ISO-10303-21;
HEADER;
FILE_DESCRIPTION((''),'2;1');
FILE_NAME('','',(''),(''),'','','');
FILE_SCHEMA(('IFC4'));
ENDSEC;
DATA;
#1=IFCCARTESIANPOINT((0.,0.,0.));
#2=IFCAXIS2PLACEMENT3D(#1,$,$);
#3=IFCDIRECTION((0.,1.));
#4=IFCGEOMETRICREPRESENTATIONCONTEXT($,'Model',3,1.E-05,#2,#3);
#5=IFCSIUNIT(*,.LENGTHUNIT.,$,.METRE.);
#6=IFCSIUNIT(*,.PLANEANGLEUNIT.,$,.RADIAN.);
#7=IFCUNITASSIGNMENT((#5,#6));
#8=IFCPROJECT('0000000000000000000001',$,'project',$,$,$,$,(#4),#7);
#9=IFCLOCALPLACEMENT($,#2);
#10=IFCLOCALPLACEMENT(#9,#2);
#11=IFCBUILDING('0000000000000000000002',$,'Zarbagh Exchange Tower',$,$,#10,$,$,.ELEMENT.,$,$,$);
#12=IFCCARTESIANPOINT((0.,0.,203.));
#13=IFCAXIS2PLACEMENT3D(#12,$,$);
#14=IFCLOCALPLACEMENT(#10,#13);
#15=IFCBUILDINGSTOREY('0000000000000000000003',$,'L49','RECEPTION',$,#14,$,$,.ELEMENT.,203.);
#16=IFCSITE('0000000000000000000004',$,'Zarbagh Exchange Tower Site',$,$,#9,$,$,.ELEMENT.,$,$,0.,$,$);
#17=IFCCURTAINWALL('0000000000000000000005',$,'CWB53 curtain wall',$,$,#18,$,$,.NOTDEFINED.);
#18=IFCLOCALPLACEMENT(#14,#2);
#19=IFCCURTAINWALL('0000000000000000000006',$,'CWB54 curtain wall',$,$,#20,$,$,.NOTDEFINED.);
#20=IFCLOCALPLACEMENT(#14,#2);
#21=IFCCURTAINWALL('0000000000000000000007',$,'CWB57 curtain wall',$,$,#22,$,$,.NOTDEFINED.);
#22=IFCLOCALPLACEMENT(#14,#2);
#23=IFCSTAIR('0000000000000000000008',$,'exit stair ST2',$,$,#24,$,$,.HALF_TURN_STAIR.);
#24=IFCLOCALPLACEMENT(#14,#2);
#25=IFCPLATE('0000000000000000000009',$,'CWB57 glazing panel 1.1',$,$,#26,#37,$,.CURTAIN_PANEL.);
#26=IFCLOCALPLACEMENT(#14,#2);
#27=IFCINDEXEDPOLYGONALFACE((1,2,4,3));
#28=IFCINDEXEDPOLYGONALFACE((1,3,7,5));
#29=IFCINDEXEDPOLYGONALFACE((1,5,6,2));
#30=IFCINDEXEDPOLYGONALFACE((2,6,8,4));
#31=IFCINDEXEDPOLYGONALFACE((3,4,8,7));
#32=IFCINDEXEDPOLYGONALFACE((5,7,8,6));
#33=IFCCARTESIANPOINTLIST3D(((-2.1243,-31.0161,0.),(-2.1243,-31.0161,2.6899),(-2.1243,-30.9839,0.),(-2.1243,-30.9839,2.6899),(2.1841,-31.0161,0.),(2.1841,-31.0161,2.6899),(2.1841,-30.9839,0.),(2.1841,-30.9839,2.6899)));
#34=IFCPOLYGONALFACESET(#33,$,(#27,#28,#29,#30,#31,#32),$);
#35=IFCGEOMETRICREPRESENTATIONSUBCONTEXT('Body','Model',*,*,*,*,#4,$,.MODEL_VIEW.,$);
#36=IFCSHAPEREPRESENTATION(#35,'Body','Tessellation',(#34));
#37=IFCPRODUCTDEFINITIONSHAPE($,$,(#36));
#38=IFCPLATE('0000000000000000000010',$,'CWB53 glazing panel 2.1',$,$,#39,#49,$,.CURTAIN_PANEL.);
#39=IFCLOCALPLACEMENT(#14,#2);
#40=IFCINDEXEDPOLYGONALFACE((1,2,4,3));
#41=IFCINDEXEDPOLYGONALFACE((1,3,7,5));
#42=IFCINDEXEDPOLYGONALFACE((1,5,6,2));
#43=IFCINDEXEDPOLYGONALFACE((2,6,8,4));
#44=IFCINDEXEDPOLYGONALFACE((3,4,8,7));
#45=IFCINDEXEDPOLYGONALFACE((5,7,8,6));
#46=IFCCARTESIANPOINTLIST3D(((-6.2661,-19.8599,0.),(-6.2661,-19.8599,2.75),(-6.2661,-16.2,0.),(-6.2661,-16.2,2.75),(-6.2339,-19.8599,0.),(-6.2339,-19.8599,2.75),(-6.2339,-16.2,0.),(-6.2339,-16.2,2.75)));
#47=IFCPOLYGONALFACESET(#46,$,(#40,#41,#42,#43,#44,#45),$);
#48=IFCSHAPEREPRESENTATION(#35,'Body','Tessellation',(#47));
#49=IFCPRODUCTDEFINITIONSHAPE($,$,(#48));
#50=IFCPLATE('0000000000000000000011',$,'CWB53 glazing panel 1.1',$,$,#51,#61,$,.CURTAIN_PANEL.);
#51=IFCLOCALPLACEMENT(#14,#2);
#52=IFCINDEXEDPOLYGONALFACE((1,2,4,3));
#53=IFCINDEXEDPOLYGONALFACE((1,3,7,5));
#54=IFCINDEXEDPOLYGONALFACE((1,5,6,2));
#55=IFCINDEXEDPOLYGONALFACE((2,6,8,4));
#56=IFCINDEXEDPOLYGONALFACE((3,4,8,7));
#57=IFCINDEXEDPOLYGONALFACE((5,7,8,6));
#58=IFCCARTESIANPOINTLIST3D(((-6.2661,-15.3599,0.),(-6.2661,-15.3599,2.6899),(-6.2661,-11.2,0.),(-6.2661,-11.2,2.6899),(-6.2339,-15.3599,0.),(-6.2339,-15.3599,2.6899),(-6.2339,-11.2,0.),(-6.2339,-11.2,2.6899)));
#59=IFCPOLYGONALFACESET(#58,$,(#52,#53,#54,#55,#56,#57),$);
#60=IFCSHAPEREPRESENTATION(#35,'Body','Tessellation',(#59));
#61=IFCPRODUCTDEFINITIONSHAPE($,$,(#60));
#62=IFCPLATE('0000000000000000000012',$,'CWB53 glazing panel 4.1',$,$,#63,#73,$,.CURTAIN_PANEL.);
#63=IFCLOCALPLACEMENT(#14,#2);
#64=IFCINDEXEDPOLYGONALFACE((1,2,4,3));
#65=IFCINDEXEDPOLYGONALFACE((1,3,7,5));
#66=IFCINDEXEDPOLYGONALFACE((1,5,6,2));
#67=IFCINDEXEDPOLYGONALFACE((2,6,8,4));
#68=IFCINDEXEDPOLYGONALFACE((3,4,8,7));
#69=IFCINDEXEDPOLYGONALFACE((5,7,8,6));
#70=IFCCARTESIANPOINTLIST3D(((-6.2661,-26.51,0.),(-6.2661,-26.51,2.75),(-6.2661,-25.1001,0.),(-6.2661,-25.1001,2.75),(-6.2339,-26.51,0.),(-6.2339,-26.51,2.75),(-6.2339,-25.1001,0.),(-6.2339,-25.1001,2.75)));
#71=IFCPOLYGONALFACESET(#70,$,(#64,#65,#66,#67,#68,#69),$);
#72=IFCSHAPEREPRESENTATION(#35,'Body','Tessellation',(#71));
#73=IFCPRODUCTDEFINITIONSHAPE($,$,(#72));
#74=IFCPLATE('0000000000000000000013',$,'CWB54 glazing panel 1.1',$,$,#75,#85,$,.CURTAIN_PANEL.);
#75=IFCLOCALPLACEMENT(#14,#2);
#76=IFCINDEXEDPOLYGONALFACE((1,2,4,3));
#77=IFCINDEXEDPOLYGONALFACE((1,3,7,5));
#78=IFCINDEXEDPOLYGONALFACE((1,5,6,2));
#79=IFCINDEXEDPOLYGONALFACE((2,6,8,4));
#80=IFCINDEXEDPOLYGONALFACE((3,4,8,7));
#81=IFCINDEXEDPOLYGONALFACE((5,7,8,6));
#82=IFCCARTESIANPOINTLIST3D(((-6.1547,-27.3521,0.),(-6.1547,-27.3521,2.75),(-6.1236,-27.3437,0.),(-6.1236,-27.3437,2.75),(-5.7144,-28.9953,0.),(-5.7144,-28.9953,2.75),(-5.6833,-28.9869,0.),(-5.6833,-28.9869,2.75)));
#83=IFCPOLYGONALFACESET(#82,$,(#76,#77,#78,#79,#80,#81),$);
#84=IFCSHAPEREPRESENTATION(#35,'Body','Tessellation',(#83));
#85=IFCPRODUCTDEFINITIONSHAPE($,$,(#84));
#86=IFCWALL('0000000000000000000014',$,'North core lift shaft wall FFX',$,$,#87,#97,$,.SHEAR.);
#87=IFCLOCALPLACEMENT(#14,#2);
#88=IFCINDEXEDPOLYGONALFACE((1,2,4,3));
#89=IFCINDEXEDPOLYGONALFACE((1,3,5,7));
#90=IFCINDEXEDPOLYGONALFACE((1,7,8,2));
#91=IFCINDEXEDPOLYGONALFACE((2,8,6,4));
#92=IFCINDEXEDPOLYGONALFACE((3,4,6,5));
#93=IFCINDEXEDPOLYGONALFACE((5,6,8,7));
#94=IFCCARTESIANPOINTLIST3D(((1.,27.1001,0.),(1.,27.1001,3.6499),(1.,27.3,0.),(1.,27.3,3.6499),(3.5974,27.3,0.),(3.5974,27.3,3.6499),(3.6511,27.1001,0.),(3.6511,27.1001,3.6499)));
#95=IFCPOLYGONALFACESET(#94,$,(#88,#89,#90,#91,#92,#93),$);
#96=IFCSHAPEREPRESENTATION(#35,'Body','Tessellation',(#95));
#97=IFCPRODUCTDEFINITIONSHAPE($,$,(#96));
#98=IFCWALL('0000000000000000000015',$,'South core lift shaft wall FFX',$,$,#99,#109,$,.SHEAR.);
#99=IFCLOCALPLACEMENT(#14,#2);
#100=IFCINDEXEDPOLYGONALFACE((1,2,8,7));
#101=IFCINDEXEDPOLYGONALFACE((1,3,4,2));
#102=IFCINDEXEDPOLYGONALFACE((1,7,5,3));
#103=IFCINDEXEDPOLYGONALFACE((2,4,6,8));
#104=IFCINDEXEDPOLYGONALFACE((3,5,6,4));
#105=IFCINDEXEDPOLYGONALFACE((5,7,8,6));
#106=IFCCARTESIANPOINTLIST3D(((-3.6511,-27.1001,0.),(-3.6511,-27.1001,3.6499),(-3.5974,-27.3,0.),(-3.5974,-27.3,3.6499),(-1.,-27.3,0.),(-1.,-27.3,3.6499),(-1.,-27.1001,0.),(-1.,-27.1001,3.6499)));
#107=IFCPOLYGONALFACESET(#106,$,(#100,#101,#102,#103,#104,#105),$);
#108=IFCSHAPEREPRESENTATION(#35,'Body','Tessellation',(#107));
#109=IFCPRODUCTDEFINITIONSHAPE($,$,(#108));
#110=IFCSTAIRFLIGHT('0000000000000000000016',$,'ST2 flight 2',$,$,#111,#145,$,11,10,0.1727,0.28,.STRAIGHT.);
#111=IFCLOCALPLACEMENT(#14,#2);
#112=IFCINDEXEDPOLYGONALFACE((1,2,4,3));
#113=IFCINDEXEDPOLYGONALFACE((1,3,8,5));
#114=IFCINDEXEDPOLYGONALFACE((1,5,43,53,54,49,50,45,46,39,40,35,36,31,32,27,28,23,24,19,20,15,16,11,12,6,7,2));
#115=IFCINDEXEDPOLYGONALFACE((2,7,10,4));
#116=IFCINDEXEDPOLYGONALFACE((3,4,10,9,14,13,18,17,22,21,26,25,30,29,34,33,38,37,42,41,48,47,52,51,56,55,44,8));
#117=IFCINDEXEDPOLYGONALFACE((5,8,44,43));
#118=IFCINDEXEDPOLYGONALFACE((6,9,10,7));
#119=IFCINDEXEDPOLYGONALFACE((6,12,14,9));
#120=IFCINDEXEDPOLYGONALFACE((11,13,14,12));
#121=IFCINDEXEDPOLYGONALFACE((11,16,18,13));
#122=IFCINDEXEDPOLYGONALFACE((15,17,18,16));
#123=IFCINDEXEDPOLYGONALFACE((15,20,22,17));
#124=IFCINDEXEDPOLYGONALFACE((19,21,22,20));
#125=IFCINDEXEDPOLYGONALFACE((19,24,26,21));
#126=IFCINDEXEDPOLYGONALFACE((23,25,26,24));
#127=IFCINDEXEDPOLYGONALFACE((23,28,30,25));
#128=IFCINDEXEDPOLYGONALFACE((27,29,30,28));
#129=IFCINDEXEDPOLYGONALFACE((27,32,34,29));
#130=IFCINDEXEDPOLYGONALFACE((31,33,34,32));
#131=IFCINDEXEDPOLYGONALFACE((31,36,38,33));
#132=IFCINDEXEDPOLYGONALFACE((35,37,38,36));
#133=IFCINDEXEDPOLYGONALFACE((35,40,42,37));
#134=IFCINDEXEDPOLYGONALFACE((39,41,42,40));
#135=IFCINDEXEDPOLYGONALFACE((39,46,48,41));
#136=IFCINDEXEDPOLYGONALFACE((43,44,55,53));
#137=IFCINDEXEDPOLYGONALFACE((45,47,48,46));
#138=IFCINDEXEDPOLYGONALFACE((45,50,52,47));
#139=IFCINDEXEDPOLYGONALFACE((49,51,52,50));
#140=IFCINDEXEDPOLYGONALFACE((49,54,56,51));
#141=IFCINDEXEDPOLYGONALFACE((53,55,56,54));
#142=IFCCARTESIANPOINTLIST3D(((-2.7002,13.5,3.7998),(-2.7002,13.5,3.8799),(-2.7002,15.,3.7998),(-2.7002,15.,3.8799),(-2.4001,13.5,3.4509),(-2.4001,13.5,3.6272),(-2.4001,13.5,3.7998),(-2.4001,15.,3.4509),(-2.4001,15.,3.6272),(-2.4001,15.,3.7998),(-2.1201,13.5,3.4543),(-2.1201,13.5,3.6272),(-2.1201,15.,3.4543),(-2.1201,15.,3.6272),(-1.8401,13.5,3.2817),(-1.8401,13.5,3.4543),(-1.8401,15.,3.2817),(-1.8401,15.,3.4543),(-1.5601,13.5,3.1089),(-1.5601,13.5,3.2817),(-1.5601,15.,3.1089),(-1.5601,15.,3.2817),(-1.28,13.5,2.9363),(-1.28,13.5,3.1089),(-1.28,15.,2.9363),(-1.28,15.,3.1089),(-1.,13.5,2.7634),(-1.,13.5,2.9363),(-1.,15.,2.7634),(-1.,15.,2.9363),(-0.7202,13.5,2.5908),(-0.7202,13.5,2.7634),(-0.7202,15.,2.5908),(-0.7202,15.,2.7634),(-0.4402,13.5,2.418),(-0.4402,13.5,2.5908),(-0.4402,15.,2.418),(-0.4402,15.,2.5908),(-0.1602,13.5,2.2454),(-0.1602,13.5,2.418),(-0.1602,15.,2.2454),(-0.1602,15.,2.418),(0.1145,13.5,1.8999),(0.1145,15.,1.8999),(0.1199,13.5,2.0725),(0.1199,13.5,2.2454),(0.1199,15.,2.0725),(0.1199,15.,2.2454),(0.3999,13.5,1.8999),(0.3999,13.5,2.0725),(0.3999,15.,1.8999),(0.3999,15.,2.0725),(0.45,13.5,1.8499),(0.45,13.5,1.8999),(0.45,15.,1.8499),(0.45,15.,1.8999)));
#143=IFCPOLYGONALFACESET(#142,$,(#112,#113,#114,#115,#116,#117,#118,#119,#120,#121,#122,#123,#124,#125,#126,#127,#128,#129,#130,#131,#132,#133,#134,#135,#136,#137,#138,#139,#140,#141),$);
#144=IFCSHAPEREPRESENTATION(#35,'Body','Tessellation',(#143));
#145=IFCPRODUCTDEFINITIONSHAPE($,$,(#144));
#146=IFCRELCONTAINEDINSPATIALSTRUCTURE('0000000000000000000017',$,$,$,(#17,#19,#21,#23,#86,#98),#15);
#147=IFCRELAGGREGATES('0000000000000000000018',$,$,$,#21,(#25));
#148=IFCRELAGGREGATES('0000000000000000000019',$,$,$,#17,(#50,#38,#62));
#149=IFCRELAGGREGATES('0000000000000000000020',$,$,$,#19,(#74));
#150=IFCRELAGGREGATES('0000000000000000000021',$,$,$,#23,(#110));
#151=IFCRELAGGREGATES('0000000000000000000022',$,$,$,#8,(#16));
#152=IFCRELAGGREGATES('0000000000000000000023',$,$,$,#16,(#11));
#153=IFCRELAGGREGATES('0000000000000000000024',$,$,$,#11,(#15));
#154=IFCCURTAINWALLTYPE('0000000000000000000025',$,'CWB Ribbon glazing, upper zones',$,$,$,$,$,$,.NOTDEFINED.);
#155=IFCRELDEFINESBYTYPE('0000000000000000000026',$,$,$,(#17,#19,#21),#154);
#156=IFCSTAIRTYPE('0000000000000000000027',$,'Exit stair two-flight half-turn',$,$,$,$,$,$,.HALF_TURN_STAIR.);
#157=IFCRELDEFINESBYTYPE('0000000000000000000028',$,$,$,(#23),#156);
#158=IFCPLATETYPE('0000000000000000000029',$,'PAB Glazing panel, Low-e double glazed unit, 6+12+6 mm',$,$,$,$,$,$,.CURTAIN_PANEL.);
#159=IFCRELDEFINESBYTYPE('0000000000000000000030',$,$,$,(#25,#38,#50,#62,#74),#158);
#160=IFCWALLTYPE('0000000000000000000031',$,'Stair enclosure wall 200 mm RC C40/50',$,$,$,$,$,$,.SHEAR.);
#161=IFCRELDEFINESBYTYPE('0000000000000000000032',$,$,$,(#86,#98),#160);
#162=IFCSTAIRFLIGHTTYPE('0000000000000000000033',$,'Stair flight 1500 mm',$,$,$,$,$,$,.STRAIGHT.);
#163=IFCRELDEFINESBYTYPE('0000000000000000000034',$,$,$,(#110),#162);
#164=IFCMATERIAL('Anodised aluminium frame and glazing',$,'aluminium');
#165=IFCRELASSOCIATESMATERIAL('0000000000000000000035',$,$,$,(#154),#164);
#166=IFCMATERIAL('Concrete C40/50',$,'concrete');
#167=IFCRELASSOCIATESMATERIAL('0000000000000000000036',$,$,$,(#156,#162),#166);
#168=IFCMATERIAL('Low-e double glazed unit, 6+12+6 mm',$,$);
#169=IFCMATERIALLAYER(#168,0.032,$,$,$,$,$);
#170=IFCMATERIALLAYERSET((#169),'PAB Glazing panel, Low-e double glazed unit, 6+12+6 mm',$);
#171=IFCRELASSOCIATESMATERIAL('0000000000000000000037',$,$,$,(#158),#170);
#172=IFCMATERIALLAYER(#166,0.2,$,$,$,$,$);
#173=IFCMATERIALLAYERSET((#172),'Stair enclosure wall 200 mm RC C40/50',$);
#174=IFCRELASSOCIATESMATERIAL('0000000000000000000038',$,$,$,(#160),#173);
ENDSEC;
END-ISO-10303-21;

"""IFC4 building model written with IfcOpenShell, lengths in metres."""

from ifc_helpers import new_model, si_unit, direction, frame, origin, place, context, subcontext, project, spatial, polyline, outline, extrude, source, transform, mapped, material, layer, layer_set, type_object, element, aggregate, save


model = new_model("IFC4")

# Units and contexts
model_context = context("Model", 3, precision=1e-05, world=origin(), true_north=direction((0.0, 1.0)))
body_context = subcontext(model_context, "Body", "Model", "MODEL_VIEW")
ifc_project = project(units=[si_unit("LENGTHUNIT", "METRE"), si_unit("PLANEANGLEUNIT", "RADIAN")], contexts=[model_context])

# Site, building, storey
site_placement = place(None, origin())
site = spatial("IfcSite", under=ifc_project, at=site_placement, Name="Zarbagh Exchange Tower Site", CompositionType="ELEMENT", RefElevation=0.0)
building_placement = place(site_placement, origin())
building = spatial("IfcBuilding", under=site, at=building_placement, Name="Zarbagh Exchange Tower", CompositionType="ELEMENT")
storey_placement = place(building_placement, frame((0.0, 0.0, 203.0)))
storey = spatial("IfcBuildingStorey", under=building, at=storey_placement, Name="L49", Description="RECEPTION", CompositionType="ELEMENT", Elevation=203.0)

# Curtain wall
ifc_material_1 = material(Name="Anodised aluminium frame and glazing", Category="aluminium")
curtain_wall_type = type_object("IfcCurtainWallType", Name="CWB Ribbon glazing, upper zones", PredefinedType="NOTDEFINED", material=ifc_material_1)
curtain_wall_1_placement = place(storey_placement, origin())
curtain_wall_1 = element("IfcCurtainWall", 1, at=curtain_wall_1_placement, inside=storey, type_object=curtain_wall_type, Name="CWB53 curtain wall", PredefinedType="NOTDEFINED")
placement = place(storey_placement, origin())

# Curtain wall
curtain_wall_2_placement = place(storey_placement, origin())
curtain_wall_2 = element("IfcCurtainWall", 2, at=curtain_wall_2_placement, inside=storey, type_object=curtain_wall_type, Name="CWB54 curtain wall", PredefinedType="NOTDEFINED")

# Curtain wall
curtain_wall_3_placement = place(storey_placement, origin())
curtain_wall_3 = element("IfcCurtainWall", 3, at=curtain_wall_3_placement, inside=storey, type_object=curtain_wall_type, Name="CWB57 curtain wall", PredefinedType="NOTDEFINED")

# Stair
ifc_material_2 = material(Name="Concrete C40/50", Category="concrete")
stair_type = type_object("IfcStairType", Name="Exit stair two-flight half-turn", PredefinedType="HALF_TURN_STAIR", material=ifc_material_2)
stair_1_placement = place(storey_placement, origin())
stair_1 = element("IfcStair", 4, at=stair_1_placement, inside=storey, type_object=stair_type, Name="exit stair ST2", PredefinedType="HALF_TURN_STAIR")

# Shared definitions
ifc_material_3 = material(Name="Low-e double glazed unit, 6+12+6 mm")
ifc_layer_1 = layer(ifc_material_3, 0.032)
ifc_layer_set_1 = layer_set([ifc_layer_1], Name="PAB Glazing panel, Low-e double glazed unit, 6+12+6 mm")
plate_type = type_object("IfcPlateType", Name="PAB Glazing panel, Low-e double glazed unit, 6+12+6 mm", PredefinedType="CURTAIN_PANEL", material=ifc_layer_set_1)

# Plates
shared_shape_1 = source(origin(), body_context, "Body", "SweptSolid", [
    extrude(outline(polyline([(0.0, -0.0161), (4.3083, -0.0161), (4.3083, 0.0161), (0.0, 0.0161), (0.0, -0.0161)])), origin(), (0.0, 0.0, 1.0), 2.6899),
])
plate_1 = element("IfcPlate", 5, at=placement, type_object=plate_type, Name="CWB57 glazing panel 1.1", PredefinedType="CURTAIN_PANEL", context=body_context, shape_type="MappedRepresentation", body=[
    mapped(shared_shape_1, transform((-2.1243, -31.0, 0.0), x_axis=(1.0, 0.0, 0.0), y_axis=(0.0, 1.0, 0.0), z_axis=(0.0, 0.0, 1.0))),
])
aggregate(curtain_wall_3, [plate_1])
shared_shape_2 = source(origin(), body_context, "Body", "SweptSolid", [
    extrude(outline(polyline([(0.0, -0.0161), (3.6599, -0.0161), (3.6599, 0.0161), (0.0, 0.0161), (0.0, -0.0161)])), origin(), (0.0, 0.0, 1.0), 2.75),
])
plate_2 = element("IfcPlate", 6, at=placement, type_object=plate_type, Name="CWB53 glazing panel 2.1", PredefinedType="CURTAIN_PANEL", context=body_context, shape_type="MappedRepresentation", body=[
    mapped(shared_shape_2, transform((-6.25, -16.2, 0.0), x_axis=(0.0, -1.0, 0.0), y_axis=(1.0, 0.0, 0.0), z_axis=(0.0, 0.0, 1.0))),
])
shared_shape_3 = source(origin(), body_context, "Body", "SweptSolid", [
    extrude(outline(polyline([(0.0, -0.0161), (4.1599, -0.0161), (4.1599, 0.0161), (0.0, 0.0161), (0.0, -0.0161)])), origin(), (0.0, 0.0, 1.0), 2.6899),
])
plate_3 = element("IfcPlate", 7, at=placement, type_object=plate_type, Name="CWB53 glazing panel 1.1", PredefinedType="CURTAIN_PANEL", context=body_context, shape_type="MappedRepresentation", body=[
    mapped(shared_shape_3, transform((-6.25, -11.2, 0.0), x_axis=(0.0, -1.0, 0.0), y_axis=(1.0, 0.0, 0.0), z_axis=(0.0, 0.0, 1.0))),
])
shared_shape_4 = source(origin(), body_context, "Body", "SweptSolid", [
    extrude(outline(polyline([(0.0, -0.0161), (1.4099, -0.0161), (1.4099, 0.0161), (0.0, 0.0161), (0.0, -0.0161)])), origin(), (0.0, 0.0, 1.0), 2.75),
])
plate_4 = element("IfcPlate", 8, at=placement, type_object=plate_type, Name="CWB53 glazing panel 4.1", PredefinedType="CURTAIN_PANEL", context=body_context, shape_type="MappedRepresentation", body=[
    mapped(shared_shape_4, transform((-6.25, -25.1001, 0.0), x_axis=(0.0, -1.0, 0.0), y_axis=(1.0, 0.0, 0.0), z_axis=(0.0, 0.0, 1.0))),
])
aggregate(curtain_wall_1, [plate_3, plate_2, plate_4])
shared_shape_5 = source(origin(), body_context, "Body", "SweptSolid", [
    extrude(outline(polyline([(0.0, -0.0161), (1.7012, -0.0161), (1.7012, 0.0161), (0.0, 0.0161), (0.0, -0.0161)])), origin(), (0.0, 0.0, 1.0), 2.75),
])
plate_5 = element("IfcPlate", 9, at=placement, type_object=plate_type, Name="CWB54 glazing panel 1.1", PredefinedType="CURTAIN_PANEL", context=body_context, shape_type="MappedRepresentation", body=[
    mapped(shared_shape_5, transform((-6.1392, -27.3479, 0.0), x_axis=(0.258825, -0.965924, 0.0), y_axis=(0.965924, 0.258825, 0.0), z_axis=(0.0, 0.0, 1.0))),
])
aggregate(curtain_wall_2, [plate_5])

# Walls
ifc_layer_2 = layer(ifc_material_2, 0.2)
ifc_layer_set_2 = layer_set([ifc_layer_2], Name="Stair enclosure wall 200 mm RC C40/50")
wall_type = type_object("IfcWallType", Name="Stair enclosure wall 200 mm RC C40/50", PredefinedType="SHEAR", material=ifc_layer_set_2)
wall_1_placement = place(storey_placement, origin())
element("IfcWall", 10, at=wall_1_placement, inside=storey, type_object=wall_type, Name="North core lift shaft wall FFX", PredefinedType="SHEAR", context=body_context, shape_type="SweptSolid", body=[
    extrude(outline(polyline([(1.0, 27.1001), (3.6511, 27.1001), (3.5974, 27.3), (1.0, 27.3), (1.0, 27.1001)])), origin(), (0.0, 0.0, 1.0), 3.6499),
])
wall_2_placement = place(storey_placement, origin())
element("IfcWall", 11, at=wall_2_placement, inside=storey, type_object=wall_type, Name="South core lift shaft wall FFX", PredefinedType="SHEAR", context=body_context, shape_type="SweptSolid", body=[
    extrude(outline(polyline([(-1.0, -27.1001), (-3.6511, -27.1001), (-3.5974, -27.3), (-1.0, -27.3), (-1.0, -27.1001)])), origin(), (0.0, 0.0, 1.0), 3.6499),
])

# Stair flight
stair_flight_type = type_object("IfcStairFlightType", Name="Stair flight 1500 mm", PredefinedType="STRAIGHT", material=ifc_material_2)
stair_flight_placement = place(storey_placement, frame((0.3999, 14.25, 1.8999), z_axis=(0.0, 0.0, 1.0), x_axis=(-1.0, 0.0, 0.0)))
stair_flight = element("IfcStairFlight", 12, at=stair_flight_placement, type_object=stair_flight_type, Name="ST2 flight 2", NumberOfRisers=11, NumberOfTreads=10, PredefinedType="STRAIGHT", RiserHeight=0.1727, TreadLength=0.28, context=body_context, shape_type="SweptSolid", body=[
    extrude(outline(polyline([(-0.05, -0.05), (-0.05, 0.0), (0.0, 0.0), (0.0, 0.1726), (0.28, 0.1726), (0.28, 0.3455), (0.5601, 0.3455), (0.5601, 0.5181), (0.8401, 0.5181), (0.8401, 0.6909), (1.1201, 0.6909), (1.1201, 0.8635), (1.3999, 0.8635), (1.3999, 1.0364), (1.6799, 1.0364), (1.6799, 1.209), (1.96, 1.209), (1.96, 1.3818), (2.24, 1.3818), (2.24, 1.5544), (2.52, 1.5544), (2.52, 1.7273), (2.8, 1.7273), (2.8, 1.8999), (3.1001, 1.98), (3.1001, 1.8999), (2.8, 1.551), (0.2854, 0.0), (-0.05, -0.05)])), frame((0.0, 0.75, 0.0), z_axis=(0.0, -1.0, 0.0), x_axis=(1.0, 0.0, 0.0)), (0.0, 0.0, 1.0), 1.5),
])
aggregate(stair_1, [stair_flight])

save(model, "model.ifc")
